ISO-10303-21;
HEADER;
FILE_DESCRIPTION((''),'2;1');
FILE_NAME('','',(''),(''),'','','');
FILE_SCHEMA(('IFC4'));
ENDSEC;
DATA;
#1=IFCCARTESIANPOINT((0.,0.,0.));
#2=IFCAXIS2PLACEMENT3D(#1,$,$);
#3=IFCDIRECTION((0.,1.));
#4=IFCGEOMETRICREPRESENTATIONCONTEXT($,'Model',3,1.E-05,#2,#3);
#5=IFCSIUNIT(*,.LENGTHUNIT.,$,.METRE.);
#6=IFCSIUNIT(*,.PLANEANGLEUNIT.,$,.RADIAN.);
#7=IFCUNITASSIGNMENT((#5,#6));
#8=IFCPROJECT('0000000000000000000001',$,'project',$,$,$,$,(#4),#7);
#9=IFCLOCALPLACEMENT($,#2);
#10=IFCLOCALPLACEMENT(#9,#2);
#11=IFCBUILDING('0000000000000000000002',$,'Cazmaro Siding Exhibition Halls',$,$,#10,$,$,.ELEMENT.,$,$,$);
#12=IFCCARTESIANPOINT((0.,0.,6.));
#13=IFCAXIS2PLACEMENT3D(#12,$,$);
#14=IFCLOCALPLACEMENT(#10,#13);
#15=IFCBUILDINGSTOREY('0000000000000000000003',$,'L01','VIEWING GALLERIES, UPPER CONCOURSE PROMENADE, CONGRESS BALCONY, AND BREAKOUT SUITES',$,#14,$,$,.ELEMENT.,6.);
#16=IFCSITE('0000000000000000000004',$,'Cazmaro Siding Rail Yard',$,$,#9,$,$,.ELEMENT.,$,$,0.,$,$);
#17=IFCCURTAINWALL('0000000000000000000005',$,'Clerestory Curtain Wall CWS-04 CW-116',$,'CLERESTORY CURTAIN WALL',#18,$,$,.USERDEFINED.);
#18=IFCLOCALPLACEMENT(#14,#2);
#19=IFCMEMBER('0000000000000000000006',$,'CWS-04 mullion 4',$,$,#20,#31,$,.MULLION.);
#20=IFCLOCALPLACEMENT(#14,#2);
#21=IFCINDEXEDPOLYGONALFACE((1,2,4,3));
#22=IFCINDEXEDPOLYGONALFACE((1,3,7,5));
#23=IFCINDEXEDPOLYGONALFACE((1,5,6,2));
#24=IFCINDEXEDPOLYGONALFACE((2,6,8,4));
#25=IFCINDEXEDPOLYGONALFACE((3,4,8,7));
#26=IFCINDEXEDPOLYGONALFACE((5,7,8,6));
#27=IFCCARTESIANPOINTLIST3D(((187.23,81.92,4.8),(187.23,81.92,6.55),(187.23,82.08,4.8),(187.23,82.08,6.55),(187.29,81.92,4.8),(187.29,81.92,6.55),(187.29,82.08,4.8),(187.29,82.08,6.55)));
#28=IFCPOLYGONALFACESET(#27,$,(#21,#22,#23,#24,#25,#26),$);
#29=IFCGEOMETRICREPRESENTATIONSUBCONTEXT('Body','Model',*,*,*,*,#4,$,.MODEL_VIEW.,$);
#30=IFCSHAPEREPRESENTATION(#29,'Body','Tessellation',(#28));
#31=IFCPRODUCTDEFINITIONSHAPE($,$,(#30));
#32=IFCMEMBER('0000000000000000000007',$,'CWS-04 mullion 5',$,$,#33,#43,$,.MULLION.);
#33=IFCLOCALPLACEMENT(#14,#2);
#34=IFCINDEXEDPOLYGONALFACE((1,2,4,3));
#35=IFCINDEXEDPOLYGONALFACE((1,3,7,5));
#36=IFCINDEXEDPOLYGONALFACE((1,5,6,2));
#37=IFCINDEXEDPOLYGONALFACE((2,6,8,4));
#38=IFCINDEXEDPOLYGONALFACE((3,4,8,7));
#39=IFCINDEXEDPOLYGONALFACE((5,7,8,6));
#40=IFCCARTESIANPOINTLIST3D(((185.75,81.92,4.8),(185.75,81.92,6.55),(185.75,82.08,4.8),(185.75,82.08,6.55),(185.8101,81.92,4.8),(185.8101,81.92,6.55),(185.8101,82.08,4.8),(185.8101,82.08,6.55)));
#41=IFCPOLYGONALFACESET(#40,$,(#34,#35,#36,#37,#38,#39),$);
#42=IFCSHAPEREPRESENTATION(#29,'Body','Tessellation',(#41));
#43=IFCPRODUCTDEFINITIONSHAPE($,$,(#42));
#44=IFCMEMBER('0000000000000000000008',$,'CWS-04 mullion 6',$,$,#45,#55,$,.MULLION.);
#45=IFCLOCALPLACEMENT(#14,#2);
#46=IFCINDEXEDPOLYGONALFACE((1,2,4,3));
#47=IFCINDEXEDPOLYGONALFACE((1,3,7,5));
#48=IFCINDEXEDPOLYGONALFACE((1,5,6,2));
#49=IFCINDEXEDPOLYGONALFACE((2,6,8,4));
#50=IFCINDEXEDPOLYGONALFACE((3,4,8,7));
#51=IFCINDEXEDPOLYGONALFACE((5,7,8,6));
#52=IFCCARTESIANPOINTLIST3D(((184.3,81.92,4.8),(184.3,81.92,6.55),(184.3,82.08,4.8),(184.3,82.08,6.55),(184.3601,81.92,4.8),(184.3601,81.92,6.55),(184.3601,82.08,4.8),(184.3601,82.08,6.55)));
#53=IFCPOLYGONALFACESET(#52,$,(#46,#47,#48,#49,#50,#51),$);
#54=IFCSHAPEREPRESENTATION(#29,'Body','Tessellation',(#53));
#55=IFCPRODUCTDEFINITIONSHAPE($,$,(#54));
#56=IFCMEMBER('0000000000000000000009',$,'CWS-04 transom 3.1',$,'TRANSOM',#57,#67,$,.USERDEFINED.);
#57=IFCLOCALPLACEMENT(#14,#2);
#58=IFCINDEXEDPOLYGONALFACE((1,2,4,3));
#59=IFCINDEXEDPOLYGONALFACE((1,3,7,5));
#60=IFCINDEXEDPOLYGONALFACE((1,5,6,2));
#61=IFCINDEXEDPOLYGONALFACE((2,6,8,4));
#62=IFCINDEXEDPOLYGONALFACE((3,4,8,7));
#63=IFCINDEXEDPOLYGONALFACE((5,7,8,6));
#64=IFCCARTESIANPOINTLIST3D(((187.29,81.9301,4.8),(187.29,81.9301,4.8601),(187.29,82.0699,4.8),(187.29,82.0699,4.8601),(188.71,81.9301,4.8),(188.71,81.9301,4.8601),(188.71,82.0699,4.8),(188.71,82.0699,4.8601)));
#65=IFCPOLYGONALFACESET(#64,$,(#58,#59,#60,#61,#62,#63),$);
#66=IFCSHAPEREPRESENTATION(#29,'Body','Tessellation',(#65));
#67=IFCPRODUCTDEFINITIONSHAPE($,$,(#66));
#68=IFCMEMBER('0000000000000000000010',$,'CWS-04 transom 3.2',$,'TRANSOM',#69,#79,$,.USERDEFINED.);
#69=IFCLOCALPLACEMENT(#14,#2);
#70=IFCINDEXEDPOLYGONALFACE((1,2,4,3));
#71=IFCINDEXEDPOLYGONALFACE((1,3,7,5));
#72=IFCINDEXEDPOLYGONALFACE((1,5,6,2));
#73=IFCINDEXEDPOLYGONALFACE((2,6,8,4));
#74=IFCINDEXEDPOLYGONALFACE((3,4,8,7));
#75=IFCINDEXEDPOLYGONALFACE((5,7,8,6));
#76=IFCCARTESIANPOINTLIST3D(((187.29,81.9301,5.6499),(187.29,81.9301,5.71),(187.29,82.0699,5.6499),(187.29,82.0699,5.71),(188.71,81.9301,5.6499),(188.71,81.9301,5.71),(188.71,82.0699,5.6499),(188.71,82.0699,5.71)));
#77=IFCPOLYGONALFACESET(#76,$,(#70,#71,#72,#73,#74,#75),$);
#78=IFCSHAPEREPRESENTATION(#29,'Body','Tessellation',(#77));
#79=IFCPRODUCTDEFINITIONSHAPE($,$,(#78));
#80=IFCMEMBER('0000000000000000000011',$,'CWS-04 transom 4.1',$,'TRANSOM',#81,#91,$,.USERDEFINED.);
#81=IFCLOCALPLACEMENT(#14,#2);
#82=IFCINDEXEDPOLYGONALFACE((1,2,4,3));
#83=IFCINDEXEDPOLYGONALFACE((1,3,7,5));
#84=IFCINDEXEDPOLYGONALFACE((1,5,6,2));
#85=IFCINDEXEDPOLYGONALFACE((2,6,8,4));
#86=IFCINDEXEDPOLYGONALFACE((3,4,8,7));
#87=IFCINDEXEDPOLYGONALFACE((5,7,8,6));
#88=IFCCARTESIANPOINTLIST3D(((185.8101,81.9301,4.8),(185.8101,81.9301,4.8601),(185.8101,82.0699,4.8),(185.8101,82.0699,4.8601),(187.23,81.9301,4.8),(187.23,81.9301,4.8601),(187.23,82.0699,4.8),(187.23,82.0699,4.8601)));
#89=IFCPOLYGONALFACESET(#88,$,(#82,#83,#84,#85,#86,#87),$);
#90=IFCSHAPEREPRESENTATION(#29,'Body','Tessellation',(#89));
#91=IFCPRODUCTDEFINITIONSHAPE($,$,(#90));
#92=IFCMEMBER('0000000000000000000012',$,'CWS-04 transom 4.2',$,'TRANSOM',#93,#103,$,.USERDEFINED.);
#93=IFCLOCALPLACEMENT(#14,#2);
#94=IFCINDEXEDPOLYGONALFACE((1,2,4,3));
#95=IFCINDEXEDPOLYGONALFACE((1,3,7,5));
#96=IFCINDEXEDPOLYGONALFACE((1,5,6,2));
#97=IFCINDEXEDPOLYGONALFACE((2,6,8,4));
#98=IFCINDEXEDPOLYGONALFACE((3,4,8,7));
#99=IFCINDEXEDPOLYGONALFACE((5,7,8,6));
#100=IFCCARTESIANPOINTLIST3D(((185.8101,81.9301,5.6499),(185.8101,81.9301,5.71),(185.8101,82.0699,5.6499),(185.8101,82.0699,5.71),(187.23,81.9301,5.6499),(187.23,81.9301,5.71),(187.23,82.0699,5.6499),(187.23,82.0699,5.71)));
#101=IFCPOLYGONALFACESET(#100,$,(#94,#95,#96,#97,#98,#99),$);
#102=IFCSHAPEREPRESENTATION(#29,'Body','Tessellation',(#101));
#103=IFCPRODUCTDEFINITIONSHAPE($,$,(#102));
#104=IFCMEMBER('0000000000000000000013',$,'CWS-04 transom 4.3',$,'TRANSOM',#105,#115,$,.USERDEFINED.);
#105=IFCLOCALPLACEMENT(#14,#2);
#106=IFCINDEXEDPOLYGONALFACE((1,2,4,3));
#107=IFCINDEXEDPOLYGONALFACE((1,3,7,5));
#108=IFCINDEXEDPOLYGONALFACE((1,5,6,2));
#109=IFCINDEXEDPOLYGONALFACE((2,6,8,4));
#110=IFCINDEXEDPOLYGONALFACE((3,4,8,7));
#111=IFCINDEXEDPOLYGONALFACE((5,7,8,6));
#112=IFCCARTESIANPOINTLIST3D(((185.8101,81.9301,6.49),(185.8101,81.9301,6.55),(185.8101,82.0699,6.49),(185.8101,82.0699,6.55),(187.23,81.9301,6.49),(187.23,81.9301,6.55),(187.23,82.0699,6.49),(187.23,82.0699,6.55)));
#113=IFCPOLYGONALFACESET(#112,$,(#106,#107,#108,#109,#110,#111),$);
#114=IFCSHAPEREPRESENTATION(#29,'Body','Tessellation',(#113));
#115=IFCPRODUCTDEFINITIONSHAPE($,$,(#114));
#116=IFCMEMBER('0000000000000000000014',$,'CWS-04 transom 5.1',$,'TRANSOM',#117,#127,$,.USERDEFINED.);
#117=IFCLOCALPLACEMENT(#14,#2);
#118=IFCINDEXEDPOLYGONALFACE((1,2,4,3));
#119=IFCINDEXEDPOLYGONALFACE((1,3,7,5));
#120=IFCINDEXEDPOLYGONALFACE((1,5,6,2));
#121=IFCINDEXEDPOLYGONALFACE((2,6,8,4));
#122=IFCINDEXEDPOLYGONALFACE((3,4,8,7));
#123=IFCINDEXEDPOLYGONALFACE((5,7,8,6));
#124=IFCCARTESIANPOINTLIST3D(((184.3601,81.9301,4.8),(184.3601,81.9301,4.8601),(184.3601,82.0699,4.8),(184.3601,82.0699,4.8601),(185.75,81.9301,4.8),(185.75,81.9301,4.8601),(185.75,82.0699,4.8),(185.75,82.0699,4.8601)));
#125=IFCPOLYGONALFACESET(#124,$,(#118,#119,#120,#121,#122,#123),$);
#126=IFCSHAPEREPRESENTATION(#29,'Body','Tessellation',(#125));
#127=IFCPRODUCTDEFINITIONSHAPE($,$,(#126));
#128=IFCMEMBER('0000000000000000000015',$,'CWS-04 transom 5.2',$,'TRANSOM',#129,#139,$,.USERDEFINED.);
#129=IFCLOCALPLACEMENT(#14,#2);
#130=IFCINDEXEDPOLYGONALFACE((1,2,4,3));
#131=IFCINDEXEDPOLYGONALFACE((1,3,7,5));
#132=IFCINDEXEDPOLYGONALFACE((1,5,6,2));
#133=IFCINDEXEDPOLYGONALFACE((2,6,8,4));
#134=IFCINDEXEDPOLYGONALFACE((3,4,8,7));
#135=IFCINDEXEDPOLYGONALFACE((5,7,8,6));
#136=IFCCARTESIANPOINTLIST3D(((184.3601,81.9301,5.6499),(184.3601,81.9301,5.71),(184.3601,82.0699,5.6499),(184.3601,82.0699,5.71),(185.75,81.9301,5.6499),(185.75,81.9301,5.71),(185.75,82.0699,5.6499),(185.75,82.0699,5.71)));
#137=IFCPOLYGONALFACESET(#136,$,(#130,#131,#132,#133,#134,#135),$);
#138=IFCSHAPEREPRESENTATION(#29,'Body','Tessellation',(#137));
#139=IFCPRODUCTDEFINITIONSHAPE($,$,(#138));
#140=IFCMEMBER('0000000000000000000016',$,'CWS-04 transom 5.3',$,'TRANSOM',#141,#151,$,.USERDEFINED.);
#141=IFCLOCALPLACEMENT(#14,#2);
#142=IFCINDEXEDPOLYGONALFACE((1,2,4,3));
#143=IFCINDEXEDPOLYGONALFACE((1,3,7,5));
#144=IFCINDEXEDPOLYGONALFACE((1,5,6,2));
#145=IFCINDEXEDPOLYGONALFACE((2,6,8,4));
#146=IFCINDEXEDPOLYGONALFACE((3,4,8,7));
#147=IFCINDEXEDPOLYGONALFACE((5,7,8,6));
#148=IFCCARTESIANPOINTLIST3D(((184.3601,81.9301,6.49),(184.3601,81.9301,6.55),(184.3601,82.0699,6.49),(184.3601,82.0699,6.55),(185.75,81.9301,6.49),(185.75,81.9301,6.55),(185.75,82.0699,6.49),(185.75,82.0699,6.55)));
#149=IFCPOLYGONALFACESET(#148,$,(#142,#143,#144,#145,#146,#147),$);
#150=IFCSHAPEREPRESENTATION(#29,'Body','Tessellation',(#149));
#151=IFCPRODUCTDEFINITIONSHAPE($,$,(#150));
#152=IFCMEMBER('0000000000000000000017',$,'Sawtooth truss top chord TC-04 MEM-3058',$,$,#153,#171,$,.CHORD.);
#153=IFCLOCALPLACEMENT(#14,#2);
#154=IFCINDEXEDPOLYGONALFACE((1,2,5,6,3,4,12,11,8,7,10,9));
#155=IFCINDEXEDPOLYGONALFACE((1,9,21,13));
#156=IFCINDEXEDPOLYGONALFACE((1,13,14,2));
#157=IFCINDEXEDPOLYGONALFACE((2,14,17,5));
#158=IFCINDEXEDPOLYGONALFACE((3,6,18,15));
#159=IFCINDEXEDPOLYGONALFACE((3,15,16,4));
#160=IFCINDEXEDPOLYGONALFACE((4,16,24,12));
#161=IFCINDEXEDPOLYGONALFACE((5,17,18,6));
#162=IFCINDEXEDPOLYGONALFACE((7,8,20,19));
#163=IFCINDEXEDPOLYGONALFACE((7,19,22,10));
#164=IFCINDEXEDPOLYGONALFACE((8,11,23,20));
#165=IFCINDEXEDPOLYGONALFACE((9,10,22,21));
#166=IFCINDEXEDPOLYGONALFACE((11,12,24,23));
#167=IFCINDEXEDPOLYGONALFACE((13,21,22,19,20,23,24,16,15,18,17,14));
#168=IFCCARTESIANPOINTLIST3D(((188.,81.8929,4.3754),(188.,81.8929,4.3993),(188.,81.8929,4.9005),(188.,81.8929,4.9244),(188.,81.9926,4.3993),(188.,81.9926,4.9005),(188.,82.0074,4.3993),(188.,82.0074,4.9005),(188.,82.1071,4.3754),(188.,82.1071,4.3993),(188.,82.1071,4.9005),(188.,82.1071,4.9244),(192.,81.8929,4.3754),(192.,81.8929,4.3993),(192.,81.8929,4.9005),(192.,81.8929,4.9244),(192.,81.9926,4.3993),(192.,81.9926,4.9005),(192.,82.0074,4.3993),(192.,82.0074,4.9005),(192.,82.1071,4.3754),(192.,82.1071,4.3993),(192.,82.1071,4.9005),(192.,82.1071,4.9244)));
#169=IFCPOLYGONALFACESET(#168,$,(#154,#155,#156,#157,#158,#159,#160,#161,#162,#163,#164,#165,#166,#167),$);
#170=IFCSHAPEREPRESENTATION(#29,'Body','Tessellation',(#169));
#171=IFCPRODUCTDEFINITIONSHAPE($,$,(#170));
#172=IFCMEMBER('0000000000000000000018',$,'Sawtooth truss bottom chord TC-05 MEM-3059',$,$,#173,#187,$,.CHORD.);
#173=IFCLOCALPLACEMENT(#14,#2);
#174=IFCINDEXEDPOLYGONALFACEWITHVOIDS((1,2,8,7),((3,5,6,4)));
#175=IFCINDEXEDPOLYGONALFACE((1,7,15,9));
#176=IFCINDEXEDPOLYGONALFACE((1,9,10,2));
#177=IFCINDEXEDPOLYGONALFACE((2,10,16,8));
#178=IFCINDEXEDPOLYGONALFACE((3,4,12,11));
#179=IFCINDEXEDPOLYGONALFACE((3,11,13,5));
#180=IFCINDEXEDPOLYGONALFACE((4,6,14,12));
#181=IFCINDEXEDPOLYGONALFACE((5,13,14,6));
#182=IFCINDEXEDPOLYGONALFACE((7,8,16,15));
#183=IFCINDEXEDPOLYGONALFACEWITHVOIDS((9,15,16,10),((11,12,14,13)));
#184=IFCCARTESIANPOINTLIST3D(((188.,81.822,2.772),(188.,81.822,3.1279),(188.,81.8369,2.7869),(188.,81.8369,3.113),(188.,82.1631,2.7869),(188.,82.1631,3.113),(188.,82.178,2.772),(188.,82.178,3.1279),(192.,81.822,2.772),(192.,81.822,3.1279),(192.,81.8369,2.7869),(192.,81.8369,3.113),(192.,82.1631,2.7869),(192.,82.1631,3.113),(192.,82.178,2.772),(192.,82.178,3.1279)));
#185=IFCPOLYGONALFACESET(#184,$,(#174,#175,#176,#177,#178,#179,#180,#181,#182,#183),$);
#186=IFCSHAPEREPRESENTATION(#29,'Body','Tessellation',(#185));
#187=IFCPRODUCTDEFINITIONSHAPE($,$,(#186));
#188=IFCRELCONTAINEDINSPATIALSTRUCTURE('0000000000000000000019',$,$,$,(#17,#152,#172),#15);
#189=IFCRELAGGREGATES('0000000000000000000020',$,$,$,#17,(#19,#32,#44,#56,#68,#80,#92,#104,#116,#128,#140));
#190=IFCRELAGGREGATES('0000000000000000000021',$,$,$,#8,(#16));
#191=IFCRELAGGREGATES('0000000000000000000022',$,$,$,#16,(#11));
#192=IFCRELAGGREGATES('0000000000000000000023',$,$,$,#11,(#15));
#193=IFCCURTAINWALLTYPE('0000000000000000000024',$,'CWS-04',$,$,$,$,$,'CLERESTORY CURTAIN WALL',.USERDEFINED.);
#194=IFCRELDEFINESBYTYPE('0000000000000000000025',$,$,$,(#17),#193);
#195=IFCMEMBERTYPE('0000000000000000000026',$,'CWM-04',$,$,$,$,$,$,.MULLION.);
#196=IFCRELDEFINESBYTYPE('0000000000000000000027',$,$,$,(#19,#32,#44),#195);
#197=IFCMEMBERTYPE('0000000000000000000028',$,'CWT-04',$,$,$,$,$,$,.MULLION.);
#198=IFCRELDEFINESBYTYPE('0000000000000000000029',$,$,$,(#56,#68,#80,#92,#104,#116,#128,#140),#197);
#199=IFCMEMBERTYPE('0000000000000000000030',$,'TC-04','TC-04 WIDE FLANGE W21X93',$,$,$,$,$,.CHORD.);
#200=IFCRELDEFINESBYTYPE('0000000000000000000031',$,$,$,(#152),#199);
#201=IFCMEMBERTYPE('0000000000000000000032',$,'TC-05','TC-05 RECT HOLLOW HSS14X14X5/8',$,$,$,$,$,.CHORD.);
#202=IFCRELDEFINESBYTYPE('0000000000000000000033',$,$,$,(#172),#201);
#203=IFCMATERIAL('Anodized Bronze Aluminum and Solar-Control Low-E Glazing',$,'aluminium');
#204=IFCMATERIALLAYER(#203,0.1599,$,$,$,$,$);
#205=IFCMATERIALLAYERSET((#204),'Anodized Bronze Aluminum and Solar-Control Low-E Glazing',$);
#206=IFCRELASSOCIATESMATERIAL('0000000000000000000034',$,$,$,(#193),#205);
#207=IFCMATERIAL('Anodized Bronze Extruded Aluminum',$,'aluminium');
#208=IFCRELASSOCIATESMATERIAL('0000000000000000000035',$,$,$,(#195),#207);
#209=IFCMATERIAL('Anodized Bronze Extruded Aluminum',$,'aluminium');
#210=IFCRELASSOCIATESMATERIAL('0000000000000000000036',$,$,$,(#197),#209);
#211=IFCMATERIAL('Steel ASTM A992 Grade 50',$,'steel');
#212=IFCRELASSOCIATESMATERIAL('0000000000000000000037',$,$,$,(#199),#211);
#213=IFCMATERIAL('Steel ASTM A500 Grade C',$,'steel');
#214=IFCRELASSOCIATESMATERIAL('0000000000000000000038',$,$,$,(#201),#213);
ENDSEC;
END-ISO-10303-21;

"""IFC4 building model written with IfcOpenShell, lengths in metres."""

from ifc_helpers import new_model, si_unit, direction, frame, origin, origin_2d, place, context, subcontext, project, spatial, rectangle, hollow_rectangle, i_section, extrude, material, layer, layer_set, material_profile, profile_set, type_object, element, aggregate, save


model = new_model("IFC4")

# Units and contexts
model_context = context("Model", 3, precision=1e-05, world=origin(), true_north=direction((0.0, 1.0)))
body_context = subcontext(model_context, "Body", "Model", "MODEL_VIEW")
ifc_project = project(units=[si_unit("LENGTHUNIT", "METRE"), si_unit("PLANEANGLEUNIT", "RADIAN")], contexts=[model_context])

# Site, building, storey
site_placement = place(None, origin())
site = spatial("IfcSite", under=ifc_project, at=site_placement, Name="Cazmaro Siding Rail Yard", CompositionType="ELEMENT", RefElevation=0.0)
building_placement = place(site_placement, origin())
building = spatial("IfcBuilding", under=site, at=building_placement, Name="Cazmaro Siding Exhibition Halls", CompositionType="ELEMENT")
storey_placement = place(building_placement, frame((0.0, 0.0, 6.0)))
storey = spatial("IfcBuildingStorey", under=building, at=storey_placement, Name="L01", Description="VIEWING GALLERIES, UPPER CONCOURSE PROMENADE, CONGRESS BALCONY, AND BREAKOUT SUITES", CompositionType="ELEMENT", Elevation=6.0)

# Curtain wall, members
ifc_material_1 = material(Name="Anodized Bronze Aluminum and Solar-Control Low-E Glazing", Category="aluminium")
ifc_layer_1 = layer(ifc_material_1, 0.1599)
ifc_layer_set_1 = layer_set([ifc_layer_1], Name="Anodized Bronze Aluminum and Solar-Control Low-E Glazing")
curtain_wall_type = type_object("IfcCurtainWallType", Name="CWS-04", ElementType="CLERESTORY CURTAIN WALL", PredefinedType="USERDEFINED", material=ifc_layer_set_1)
curtain_wall_placement = place(storey_placement, origin())
curtain_wall = element("IfcCurtainWall", 1, at=curtain_wall_placement, inside=storey, type_object=curtain_wall_type, Name="Clerestory Curtain Wall CWS-04 CW-116", ObjectType="CLERESTORY CURTAIN WALL", PredefinedType="USERDEFINED")
ifc_material_2 = material(Name="Anodized Bronze Extruded Aluminum", Category="aluminium")
ifc_material_profile_1 = material_profile(ifc_material_2, rectangle(XDim=0.1599, YDim=0.0601, at=origin_2d()), Name="CWM-04")
ifc_profile_set_1 = profile_set([ifc_material_profile_1], Name="Anodized Bronze Extruded Aluminum")
member_type_1 = type_object("IfcMemberType", Name="CWM-04", PredefinedType="MULLION", material=ifc_profile_set_1)
member_1_placement = place(storey_placement, frame((187.26, 82.0, 4.8), z_axis=(0.0, 0.0, 1.0), x_axis=(0.0, -1.0, 0.0)))
member_1 = element("IfcMember", 2, at=member_1_placement, type_object=member_type_1, Name="CWS-04 mullion 4", PredefinedType="MULLION", context=body_context, shape_type="SweptSolid", body=[
    extrude(rectangle(XDim=0.1599, YDim=0.0601, at=origin_2d()), origin(), (0.0, 0.0, 1.0), 1.75),
])
member_2_placement = place(storey_placement, frame((185.78, 82.0, 4.8), z_axis=(0.0, 0.0, 1.0), x_axis=(0.0, -1.0, 0.0)))
member_2 = element("IfcMember", 3, at=member_2_placement, type_object=member_type_1, Name="CWS-04 mullion 5", PredefinedType="MULLION", context=body_context, shape_type="SweptSolid", body=[
    extrude(rectangle(XDim=0.1599, YDim=0.0601, at=origin_2d()), origin(), (0.0, 0.0, 1.0), 1.75),
])
member_3_placement = place(storey_placement, frame((184.3301, 82.0, 4.8), z_axis=(0.0, 0.0, 1.0), x_axis=(0.0, -1.0, 0.0)))
member_3 = element("IfcMember", 4, at=member_3_placement, type_object=member_type_1, Name="CWS-04 mullion 6", PredefinedType="MULLION", context=body_context, shape_type="SweptSolid", body=[
    extrude(rectangle(XDim=0.1599, YDim=0.0601, at=origin_2d()), origin(), (0.0, 0.0, 1.0), 1.75),
])
ifc_material_3 = material(Name="Anodized Bronze Extruded Aluminum", Category="aluminium")
ifc_material_profile_2 = material_profile(ifc_material_3, rectangle(XDim=0.1399, YDim=0.0601, at=origin_2d()), Name="CWT-04")
ifc_profile_set_2 = profile_set([ifc_material_profile_2], Name="Anodized Bronze Extruded Aluminum")
member_type_2 = type_object("IfcMemberType", Name="CWT-04", PredefinedType="MULLION", material=ifc_profile_set_2)
member_4_placement = place(storey_placement, frame((188.71, 82.0, 4.8301), z_axis=(-1.0, 0.0, 0.0), x_axis=(0.0, -1.0, 0.0)))
member_4 = element("IfcMember", 5, at=member_4_placement, type_object=member_type_2, Name="CWS-04 transom 3.1", ObjectType="TRANSOM", PredefinedType="USERDEFINED", context=body_context, shape_type="SweptSolid", body=[
    extrude(rectangle(XDim=0.1399, YDim=0.0601, at=origin_2d()), origin(), (0.0, 0.0, 1.0), 1.4199),
])
member_5_placement = place(storey_placement, frame((188.71, 82.0, 5.6799), z_axis=(-1.0, 0.0, 0.0), x_axis=(0.0, -1.0, 0.0)))
member_5 = element("IfcMember", 6, at=member_5_placement, type_object=member_type_2, Name="CWS-04 transom 3.2", ObjectType="TRANSOM", PredefinedType="USERDEFINED", context=body_context, shape_type="SweptSolid", body=[
    extrude(rectangle(XDim=0.1399, YDim=0.0601, at=origin_2d()), origin(), (0.0, 0.0, 1.0), 1.4199),
])
member_6_placement = place(storey_placement, frame((187.23, 82.0, 4.8301), z_axis=(-1.0, 0.0, 0.0), x_axis=(0.0, -1.0, 0.0)))
member_6 = element("IfcMember", 7, at=member_6_placement, type_object=member_type_2, Name="CWS-04 transom 4.1", ObjectType="TRANSOM", PredefinedType="USERDEFINED", context=body_context, shape_type="SweptSolid", body=[
    extrude(rectangle(XDim=0.1399, YDim=0.0601, at=origin_2d()), origin(), (0.0, 0.0, 1.0), 1.4199),
])
member_7_placement = place(storey_placement, frame((187.23, 82.0, 5.6799), z_axis=(-1.0, 0.0, 0.0), x_axis=(0.0, -1.0, 0.0)))
member_7 = element("IfcMember", 8, at=member_7_placement, type_object=member_type_2, Name="CWS-04 transom 4.2", ObjectType="TRANSOM", PredefinedType="USERDEFINED", context=body_context, shape_type="SweptSolid", body=[
    extrude(rectangle(XDim=0.1399, YDim=0.0601, at=origin_2d()), origin(), (0.0, 0.0, 1.0), 1.4199),
])
member_8_placement = place(storey_placement, frame((187.23, 82.0, 6.52), z_axis=(-1.0, 0.0, 0.0), x_axis=(0.0, -1.0, 0.0)))
member_8 = element("IfcMember", 9, at=member_8_placement, type_object=member_type_2, Name="CWS-04 transom 4.3", ObjectType="TRANSOM", PredefinedType="USERDEFINED", context=body_context, shape_type="SweptSolid", body=[
    extrude(rectangle(XDim=0.1399, YDim=0.0601, at=origin_2d()), origin(), (0.0, 0.0, 1.0), 1.4199),
])
member_9_placement = place(storey_placement, frame((185.75, 82.0, 4.8301), z_axis=(-1.0, 0.0, 0.0), x_axis=(0.0, -1.0, 0.0)))
member_9 = element("IfcMember", 10, at=member_9_placement, type_object=member_type_2, Name="CWS-04 transom 5.1", ObjectType="TRANSOM", PredefinedType="USERDEFINED", context=body_context, shape_type="SweptSolid", body=[
    extrude(rectangle(XDim=0.1399, YDim=0.0601, at=origin_2d()), origin(), (0.0, 0.0, 1.0), 1.3899),
])
member_10_placement = place(storey_placement, frame((185.75, 82.0, 5.6799), z_axis=(-1.0, 0.0, 0.0), x_axis=(0.0, -1.0, 0.0)))
member_10 = element("IfcMember", 11, at=member_10_placement, type_object=member_type_2, Name="CWS-04 transom 5.2", ObjectType="TRANSOM", PredefinedType="USERDEFINED", context=body_context, shape_type="SweptSolid", body=[
    extrude(rectangle(XDim=0.1399, YDim=0.0601, at=origin_2d()), origin(), (0.0, 0.0, 1.0), 1.3899),
])
member_11_placement = place(storey_placement, frame((185.75, 82.0, 6.52), z_axis=(-1.0, 0.0, 0.0), x_axis=(0.0, -1.0, 0.0)))
member_11 = element("IfcMember", 12, at=member_11_placement, type_object=member_type_2, Name="CWS-04 transom 5.3", ObjectType="TRANSOM", PredefinedType="USERDEFINED", context=body_context, shape_type="SweptSolid", body=[
    extrude(rectangle(XDim=0.1399, YDim=0.0601, at=origin_2d()), origin(), (0.0, 0.0, 1.0), 1.3899),
])

# Members
ifc_material_4 = material(Name="Steel ASTM A992 Grade 50", Category="steel")
ifc_material_profile_3 = material_profile(ifc_material_4, i_section(OverallWidth=0.2141, OverallDepth=0.5491, WebThickness=0.0149, FlangeThickness=0.0239, at=origin_2d()), Name="W21X93")
ifc_profile_set_3 = profile_set([ifc_material_profile_3], Name="Steel ASTM A992 Grade 50")
member_type_3 = type_object("IfcMemberType", Name="TC-04", Description="TC-04 WIDE FLANGE W21X93", PredefinedType="CHORD", material=ifc_profile_set_3)
member_12_placement = place(storey_placement, frame((188.0, 82.0, 4.6499), z_axis=(1.0, 0.0, 0.0), x_axis=(0.0, 1.0, 0.0)))
element("IfcMember", 13, at=member_12_placement, inside=storey, type_object=member_type_3, Name="Sawtooth truss top chord TC-04 MEM-3058", PredefinedType="CHORD", context=body_context, shape_type="SweptSolid", body=[
    extrude(i_section(OverallWidth=0.2141, OverallDepth=0.5491, WebThickness=0.0149, FlangeThickness=0.0239, at=origin_2d()), origin(), (0.0, 0.0, 1.0), 4.0),
])
ifc_material_5 = material(Name="Steel ASTM A500 Grade C", Category="steel")
ifc_material_profile_4 = material_profile(ifc_material_5, hollow_rectangle(XDim=0.356, YDim=0.356, WallThickness=0.0149, at=origin_2d()), Name="HSS14X14X5/8")
ifc_profile_set_4 = profile_set([ifc_material_profile_4], Name="Steel ASTM A500 Grade C")
member_type_4 = type_object("IfcMemberType", Name="TC-05", Description="TC-05 RECT HOLLOW HSS14X14X5/8", PredefinedType="CHORD", material=ifc_profile_set_4)
member_13_placement = place(storey_placement, frame((188.0, 82.0, 2.95), z_axis=(1.0, 0.0, 0.0), x_axis=(0.0, 1.0, 0.0)))
element("IfcMember", 14, at=member_13_placement, inside=storey, type_object=member_type_4, Name="Sawtooth truss bottom chord TC-05 MEM-3059", PredefinedType="CHORD", context=body_context, shape_type="SweptSolid", body=[
    extrude(hollow_rectangle(XDim=0.356, YDim=0.356, WallThickness=0.0149, at=origin_2d()), origin(), (0.0, 0.0, 1.0), 4.0),
])

aggregate(curtain_wall, [member_1, member_2, member_3, member_4, member_5, member_6, member_7, member_8, member_9, member_10, member_11])

save(model, "model.ifc")
